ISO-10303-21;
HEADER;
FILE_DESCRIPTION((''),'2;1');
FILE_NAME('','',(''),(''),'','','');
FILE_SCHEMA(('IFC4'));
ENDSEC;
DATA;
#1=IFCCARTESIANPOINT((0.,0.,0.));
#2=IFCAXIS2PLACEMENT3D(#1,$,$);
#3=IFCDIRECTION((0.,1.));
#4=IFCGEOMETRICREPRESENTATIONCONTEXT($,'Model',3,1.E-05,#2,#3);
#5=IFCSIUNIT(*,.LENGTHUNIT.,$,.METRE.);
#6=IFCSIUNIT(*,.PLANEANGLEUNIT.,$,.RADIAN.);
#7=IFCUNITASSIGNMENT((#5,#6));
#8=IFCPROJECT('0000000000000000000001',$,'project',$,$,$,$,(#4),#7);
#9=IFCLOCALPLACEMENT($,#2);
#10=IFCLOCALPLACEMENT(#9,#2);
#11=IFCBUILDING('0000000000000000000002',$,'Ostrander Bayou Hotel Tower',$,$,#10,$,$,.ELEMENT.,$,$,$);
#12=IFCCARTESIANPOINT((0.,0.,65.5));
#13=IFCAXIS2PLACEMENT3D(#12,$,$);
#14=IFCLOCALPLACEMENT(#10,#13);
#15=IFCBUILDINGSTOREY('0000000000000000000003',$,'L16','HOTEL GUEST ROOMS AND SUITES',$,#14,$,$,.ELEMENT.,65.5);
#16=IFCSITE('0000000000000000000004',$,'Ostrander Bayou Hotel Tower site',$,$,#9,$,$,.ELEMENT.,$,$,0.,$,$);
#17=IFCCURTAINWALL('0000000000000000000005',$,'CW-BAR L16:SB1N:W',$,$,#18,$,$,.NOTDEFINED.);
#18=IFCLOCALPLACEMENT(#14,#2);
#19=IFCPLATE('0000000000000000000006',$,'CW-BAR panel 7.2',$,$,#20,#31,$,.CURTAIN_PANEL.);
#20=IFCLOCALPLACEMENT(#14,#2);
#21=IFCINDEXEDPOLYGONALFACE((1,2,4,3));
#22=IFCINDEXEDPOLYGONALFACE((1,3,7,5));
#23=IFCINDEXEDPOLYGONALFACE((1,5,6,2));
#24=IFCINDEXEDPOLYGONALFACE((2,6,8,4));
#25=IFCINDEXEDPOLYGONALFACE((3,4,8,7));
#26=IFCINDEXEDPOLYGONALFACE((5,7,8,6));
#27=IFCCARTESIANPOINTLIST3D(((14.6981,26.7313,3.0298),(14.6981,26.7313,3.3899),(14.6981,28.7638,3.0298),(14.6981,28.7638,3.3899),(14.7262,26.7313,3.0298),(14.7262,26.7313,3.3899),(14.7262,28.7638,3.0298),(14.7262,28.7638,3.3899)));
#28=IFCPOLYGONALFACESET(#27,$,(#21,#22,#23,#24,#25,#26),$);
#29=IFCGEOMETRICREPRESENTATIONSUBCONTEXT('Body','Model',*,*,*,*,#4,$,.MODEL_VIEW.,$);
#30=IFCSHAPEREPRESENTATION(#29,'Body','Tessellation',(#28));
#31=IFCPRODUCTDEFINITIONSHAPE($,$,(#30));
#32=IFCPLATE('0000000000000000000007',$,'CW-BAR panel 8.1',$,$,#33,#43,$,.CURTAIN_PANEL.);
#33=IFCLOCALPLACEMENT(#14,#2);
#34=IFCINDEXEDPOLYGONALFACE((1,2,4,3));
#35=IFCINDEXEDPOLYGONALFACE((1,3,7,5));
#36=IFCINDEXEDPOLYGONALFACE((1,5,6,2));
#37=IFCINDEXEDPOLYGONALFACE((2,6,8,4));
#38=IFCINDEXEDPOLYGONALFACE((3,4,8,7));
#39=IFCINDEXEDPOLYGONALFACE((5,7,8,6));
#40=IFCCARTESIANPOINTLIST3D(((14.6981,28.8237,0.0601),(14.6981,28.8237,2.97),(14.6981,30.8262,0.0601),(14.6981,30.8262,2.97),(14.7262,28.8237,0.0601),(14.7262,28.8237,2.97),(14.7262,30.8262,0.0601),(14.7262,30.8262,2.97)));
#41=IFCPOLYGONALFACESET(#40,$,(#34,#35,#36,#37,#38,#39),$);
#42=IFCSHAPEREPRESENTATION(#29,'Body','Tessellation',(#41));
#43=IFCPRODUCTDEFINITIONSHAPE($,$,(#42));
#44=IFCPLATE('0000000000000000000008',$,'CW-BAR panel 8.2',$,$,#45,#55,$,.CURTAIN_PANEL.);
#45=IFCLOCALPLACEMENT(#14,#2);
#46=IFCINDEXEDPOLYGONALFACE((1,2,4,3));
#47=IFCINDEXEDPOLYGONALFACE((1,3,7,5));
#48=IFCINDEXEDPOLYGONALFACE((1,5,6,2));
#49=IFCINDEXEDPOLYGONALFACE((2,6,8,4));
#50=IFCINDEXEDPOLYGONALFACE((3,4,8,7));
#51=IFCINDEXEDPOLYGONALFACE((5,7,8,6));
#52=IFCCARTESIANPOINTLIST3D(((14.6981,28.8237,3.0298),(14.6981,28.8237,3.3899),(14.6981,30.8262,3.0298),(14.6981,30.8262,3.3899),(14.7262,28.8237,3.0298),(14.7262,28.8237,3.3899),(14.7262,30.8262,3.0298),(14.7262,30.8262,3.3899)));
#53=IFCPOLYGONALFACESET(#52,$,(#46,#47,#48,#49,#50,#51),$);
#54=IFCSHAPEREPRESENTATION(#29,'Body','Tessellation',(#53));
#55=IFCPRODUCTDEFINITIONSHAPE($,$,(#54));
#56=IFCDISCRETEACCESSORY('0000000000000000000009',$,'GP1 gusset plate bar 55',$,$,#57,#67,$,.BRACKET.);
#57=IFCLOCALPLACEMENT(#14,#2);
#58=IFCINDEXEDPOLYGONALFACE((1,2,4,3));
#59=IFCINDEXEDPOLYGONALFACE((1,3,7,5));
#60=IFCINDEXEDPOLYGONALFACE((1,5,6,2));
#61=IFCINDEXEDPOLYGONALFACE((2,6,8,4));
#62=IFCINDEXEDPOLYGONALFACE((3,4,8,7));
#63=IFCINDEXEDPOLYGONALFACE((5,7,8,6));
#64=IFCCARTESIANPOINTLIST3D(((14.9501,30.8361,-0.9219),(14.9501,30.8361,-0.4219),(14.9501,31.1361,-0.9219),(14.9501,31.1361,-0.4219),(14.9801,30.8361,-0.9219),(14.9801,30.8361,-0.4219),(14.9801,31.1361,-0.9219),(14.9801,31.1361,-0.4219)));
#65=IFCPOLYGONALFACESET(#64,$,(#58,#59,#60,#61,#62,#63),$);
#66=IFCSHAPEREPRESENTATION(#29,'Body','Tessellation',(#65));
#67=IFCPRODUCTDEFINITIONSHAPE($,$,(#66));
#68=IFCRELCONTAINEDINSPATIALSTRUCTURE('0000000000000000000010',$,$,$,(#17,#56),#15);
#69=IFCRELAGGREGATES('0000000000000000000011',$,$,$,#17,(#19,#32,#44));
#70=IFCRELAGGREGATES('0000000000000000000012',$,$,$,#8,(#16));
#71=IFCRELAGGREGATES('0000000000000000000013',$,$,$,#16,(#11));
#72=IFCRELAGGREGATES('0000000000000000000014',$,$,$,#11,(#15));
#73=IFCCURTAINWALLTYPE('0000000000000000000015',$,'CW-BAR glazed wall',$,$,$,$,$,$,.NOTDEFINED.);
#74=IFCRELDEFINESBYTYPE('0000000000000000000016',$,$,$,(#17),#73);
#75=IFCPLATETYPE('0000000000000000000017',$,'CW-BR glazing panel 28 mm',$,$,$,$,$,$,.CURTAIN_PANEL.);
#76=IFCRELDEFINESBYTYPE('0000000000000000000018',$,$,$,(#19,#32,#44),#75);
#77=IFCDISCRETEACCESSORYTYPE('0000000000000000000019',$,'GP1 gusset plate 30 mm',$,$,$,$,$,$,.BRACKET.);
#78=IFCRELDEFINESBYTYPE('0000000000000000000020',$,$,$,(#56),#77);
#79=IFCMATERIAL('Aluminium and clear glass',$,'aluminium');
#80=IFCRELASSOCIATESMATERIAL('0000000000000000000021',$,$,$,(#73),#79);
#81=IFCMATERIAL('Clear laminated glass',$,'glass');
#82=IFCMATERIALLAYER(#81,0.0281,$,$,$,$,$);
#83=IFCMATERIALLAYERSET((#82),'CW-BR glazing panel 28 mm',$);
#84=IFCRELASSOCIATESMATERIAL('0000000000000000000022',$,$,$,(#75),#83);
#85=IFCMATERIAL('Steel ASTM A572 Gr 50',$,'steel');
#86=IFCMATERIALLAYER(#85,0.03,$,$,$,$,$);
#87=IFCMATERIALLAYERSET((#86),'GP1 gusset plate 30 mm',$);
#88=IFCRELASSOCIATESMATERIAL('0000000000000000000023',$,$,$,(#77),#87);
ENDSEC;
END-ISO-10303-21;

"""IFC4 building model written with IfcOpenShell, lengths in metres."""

from ifc_helpers import new_model, si_unit, direction, frame, origin, origin_2d, place, context, subcontext, project, spatial, rectangle, extrude, material, layer, layer_set, type_object, element, aggregate, save


model = new_model("IFC4")

# Units and contexts
model_context = context("Model", 3, precision=1e-05, world=origin(), true_north=direction((0.0, 1.0)))
body_context = subcontext(model_context, "Body", "Model", "MODEL_VIEW")
ifc_project = project(units=[si_unit("LENGTHUNIT", "METRE"), si_unit("PLANEANGLEUNIT", "RADIAN")], contexts=[model_context])

# Site, building, storey
site_placement = place(None, origin())
site = spatial("IfcSite", under=ifc_project, at=site_placement, Name="Ostrander Bayou Hotel Tower site", CompositionType="ELEMENT", RefElevation=0.0)
building_placement = place(site_placement, origin())
building = spatial("IfcBuilding", under=site, at=building_placement, Name="Ostrander Bayou Hotel Tower", CompositionType="ELEMENT")
storey_placement = place(building_placement, frame((0.0, 0.0, 65.5)))
storey = spatial("IfcBuildingStorey", under=building, at=storey_placement, Name="L16", Description="HOTEL GUEST ROOMS AND SUITES", CompositionType="ELEMENT", Elevation=65.5)

# Curtain wall
ifc_material_1 = material(Name="Aluminium and clear glass", Category="aluminium")
curtain_wall_type = type_object("IfcCurtainWallType", Name="CW-BAR glazed wall", PredefinedType="NOTDEFINED", material=ifc_material_1)
curtain_wall_1_placement = place(storey_placement, origin())
curtain_wall_1 = element("IfcCurtainWall", 1, at=curtain_wall_1_placement, inside=storey, type_object=curtain_wall_type, Name="CW-BAR L16:SB1N:W", PredefinedType="NOTDEFINED")

# Plates
ifc_material_2 = material(Name="Clear laminated glass", Category="glass")
ifc_layer_1 = layer(ifc_material_2, 0.0281)
ifc_layer_set_1 = layer_set([ifc_layer_1], Name="CW-BR glazing panel 28 mm")
plate_type = type_object("IfcPlateType", Name="CW-BR glazing panel 28 mm", PredefinedType="CURTAIN_PANEL", material=ifc_layer_set_1)
plate_1_placement = place(storey_placement, frame((14.7122, 27.7476, 3.0298), z_axis=(0.0, 0.0, 1.0), x_axis=(0.0, 1.0, 0.0)))
plate_1 = element("IfcPlate", 2, at=plate_1_placement, type_object=plate_type, Name="CW-BAR panel 7.2", PredefinedType="CURTAIN_PANEL", context=body_context, shape_type="SweptSolid", body=[
    extrude(rectangle(XDim=2.0325, YDim=0.0281, at=origin_2d()), origin(), (0.0, 0.0, 1.0), 0.3601),
])
plate_2_placement = place(storey_placement, frame((14.7122, 29.825, 0.0601), z_axis=(0.0, 0.0, 1.0), x_axis=(0.0, 1.0, 0.0)))
plate_2 = element("IfcPlate", 3, at=plate_2_placement, type_object=plate_type, Name="CW-BAR panel 8.1", PredefinedType="CURTAIN_PANEL", context=body_context, shape_type="SweptSolid", body=[
    extrude(rectangle(XDim=2.0024, YDim=0.0281, at=origin_2d()), origin(), (0.0, 0.0, 1.0), 2.9099),
])
plate_3_placement = place(storey_placement, frame((14.7122, 29.825, 3.0298), z_axis=(0.0, 0.0, 1.0), x_axis=(0.0, 1.0, 0.0)))
plate_3 = element("IfcPlate", 4, at=plate_3_placement, type_object=plate_type, Name="CW-BAR panel 8.2", PredefinedType="CURTAIN_PANEL", context=body_context, shape_type="SweptSolid", body=[
    extrude(rectangle(XDim=2.0024, YDim=0.0281, at=origin_2d()), origin(), (0.0, 0.0, 1.0), 0.3601),
])
aggregate(curtain_wall_1, [plate_1, plate_2, plate_3])

# Discrete accessory
ifc_material_3 = material(Name="Steel ASTM A572 Gr 50", Category="steel")
ifc_layer_2 = layer(ifc_material_3, 0.03)
ifc_layer_set_2 = layer_set([ifc_layer_2], Name="GP1 gusset plate 30 mm")
discrete_accessory_type = type_object("IfcDiscreteAccessoryType", Name="GP1 gusset plate 30 mm", PredefinedType="BRACKET", material=ifc_layer_set_2)
discrete_accessory_placement = place(storey_placement, frame((14.9651, 30.9861, -0.9219), z_axis=(0.0, 0.0, 1.0), x_axis=(0.0, -1.0, 0.0)))
element("IfcDiscreteAccessory", 5, at=discrete_accessory_placement, inside=storey, type_object=discrete_accessory_type, Name="GP1 gusset plate bar 55", PredefinedType="BRACKET", context=body_context, shape_type="SweptSolid", body=[
    extrude(rectangle(XDim=0.3, YDim=0.03, at=origin_2d()), origin(), (0.0, 0.0, 1.0), 0.5),
])

save(model, "model.ifc")
